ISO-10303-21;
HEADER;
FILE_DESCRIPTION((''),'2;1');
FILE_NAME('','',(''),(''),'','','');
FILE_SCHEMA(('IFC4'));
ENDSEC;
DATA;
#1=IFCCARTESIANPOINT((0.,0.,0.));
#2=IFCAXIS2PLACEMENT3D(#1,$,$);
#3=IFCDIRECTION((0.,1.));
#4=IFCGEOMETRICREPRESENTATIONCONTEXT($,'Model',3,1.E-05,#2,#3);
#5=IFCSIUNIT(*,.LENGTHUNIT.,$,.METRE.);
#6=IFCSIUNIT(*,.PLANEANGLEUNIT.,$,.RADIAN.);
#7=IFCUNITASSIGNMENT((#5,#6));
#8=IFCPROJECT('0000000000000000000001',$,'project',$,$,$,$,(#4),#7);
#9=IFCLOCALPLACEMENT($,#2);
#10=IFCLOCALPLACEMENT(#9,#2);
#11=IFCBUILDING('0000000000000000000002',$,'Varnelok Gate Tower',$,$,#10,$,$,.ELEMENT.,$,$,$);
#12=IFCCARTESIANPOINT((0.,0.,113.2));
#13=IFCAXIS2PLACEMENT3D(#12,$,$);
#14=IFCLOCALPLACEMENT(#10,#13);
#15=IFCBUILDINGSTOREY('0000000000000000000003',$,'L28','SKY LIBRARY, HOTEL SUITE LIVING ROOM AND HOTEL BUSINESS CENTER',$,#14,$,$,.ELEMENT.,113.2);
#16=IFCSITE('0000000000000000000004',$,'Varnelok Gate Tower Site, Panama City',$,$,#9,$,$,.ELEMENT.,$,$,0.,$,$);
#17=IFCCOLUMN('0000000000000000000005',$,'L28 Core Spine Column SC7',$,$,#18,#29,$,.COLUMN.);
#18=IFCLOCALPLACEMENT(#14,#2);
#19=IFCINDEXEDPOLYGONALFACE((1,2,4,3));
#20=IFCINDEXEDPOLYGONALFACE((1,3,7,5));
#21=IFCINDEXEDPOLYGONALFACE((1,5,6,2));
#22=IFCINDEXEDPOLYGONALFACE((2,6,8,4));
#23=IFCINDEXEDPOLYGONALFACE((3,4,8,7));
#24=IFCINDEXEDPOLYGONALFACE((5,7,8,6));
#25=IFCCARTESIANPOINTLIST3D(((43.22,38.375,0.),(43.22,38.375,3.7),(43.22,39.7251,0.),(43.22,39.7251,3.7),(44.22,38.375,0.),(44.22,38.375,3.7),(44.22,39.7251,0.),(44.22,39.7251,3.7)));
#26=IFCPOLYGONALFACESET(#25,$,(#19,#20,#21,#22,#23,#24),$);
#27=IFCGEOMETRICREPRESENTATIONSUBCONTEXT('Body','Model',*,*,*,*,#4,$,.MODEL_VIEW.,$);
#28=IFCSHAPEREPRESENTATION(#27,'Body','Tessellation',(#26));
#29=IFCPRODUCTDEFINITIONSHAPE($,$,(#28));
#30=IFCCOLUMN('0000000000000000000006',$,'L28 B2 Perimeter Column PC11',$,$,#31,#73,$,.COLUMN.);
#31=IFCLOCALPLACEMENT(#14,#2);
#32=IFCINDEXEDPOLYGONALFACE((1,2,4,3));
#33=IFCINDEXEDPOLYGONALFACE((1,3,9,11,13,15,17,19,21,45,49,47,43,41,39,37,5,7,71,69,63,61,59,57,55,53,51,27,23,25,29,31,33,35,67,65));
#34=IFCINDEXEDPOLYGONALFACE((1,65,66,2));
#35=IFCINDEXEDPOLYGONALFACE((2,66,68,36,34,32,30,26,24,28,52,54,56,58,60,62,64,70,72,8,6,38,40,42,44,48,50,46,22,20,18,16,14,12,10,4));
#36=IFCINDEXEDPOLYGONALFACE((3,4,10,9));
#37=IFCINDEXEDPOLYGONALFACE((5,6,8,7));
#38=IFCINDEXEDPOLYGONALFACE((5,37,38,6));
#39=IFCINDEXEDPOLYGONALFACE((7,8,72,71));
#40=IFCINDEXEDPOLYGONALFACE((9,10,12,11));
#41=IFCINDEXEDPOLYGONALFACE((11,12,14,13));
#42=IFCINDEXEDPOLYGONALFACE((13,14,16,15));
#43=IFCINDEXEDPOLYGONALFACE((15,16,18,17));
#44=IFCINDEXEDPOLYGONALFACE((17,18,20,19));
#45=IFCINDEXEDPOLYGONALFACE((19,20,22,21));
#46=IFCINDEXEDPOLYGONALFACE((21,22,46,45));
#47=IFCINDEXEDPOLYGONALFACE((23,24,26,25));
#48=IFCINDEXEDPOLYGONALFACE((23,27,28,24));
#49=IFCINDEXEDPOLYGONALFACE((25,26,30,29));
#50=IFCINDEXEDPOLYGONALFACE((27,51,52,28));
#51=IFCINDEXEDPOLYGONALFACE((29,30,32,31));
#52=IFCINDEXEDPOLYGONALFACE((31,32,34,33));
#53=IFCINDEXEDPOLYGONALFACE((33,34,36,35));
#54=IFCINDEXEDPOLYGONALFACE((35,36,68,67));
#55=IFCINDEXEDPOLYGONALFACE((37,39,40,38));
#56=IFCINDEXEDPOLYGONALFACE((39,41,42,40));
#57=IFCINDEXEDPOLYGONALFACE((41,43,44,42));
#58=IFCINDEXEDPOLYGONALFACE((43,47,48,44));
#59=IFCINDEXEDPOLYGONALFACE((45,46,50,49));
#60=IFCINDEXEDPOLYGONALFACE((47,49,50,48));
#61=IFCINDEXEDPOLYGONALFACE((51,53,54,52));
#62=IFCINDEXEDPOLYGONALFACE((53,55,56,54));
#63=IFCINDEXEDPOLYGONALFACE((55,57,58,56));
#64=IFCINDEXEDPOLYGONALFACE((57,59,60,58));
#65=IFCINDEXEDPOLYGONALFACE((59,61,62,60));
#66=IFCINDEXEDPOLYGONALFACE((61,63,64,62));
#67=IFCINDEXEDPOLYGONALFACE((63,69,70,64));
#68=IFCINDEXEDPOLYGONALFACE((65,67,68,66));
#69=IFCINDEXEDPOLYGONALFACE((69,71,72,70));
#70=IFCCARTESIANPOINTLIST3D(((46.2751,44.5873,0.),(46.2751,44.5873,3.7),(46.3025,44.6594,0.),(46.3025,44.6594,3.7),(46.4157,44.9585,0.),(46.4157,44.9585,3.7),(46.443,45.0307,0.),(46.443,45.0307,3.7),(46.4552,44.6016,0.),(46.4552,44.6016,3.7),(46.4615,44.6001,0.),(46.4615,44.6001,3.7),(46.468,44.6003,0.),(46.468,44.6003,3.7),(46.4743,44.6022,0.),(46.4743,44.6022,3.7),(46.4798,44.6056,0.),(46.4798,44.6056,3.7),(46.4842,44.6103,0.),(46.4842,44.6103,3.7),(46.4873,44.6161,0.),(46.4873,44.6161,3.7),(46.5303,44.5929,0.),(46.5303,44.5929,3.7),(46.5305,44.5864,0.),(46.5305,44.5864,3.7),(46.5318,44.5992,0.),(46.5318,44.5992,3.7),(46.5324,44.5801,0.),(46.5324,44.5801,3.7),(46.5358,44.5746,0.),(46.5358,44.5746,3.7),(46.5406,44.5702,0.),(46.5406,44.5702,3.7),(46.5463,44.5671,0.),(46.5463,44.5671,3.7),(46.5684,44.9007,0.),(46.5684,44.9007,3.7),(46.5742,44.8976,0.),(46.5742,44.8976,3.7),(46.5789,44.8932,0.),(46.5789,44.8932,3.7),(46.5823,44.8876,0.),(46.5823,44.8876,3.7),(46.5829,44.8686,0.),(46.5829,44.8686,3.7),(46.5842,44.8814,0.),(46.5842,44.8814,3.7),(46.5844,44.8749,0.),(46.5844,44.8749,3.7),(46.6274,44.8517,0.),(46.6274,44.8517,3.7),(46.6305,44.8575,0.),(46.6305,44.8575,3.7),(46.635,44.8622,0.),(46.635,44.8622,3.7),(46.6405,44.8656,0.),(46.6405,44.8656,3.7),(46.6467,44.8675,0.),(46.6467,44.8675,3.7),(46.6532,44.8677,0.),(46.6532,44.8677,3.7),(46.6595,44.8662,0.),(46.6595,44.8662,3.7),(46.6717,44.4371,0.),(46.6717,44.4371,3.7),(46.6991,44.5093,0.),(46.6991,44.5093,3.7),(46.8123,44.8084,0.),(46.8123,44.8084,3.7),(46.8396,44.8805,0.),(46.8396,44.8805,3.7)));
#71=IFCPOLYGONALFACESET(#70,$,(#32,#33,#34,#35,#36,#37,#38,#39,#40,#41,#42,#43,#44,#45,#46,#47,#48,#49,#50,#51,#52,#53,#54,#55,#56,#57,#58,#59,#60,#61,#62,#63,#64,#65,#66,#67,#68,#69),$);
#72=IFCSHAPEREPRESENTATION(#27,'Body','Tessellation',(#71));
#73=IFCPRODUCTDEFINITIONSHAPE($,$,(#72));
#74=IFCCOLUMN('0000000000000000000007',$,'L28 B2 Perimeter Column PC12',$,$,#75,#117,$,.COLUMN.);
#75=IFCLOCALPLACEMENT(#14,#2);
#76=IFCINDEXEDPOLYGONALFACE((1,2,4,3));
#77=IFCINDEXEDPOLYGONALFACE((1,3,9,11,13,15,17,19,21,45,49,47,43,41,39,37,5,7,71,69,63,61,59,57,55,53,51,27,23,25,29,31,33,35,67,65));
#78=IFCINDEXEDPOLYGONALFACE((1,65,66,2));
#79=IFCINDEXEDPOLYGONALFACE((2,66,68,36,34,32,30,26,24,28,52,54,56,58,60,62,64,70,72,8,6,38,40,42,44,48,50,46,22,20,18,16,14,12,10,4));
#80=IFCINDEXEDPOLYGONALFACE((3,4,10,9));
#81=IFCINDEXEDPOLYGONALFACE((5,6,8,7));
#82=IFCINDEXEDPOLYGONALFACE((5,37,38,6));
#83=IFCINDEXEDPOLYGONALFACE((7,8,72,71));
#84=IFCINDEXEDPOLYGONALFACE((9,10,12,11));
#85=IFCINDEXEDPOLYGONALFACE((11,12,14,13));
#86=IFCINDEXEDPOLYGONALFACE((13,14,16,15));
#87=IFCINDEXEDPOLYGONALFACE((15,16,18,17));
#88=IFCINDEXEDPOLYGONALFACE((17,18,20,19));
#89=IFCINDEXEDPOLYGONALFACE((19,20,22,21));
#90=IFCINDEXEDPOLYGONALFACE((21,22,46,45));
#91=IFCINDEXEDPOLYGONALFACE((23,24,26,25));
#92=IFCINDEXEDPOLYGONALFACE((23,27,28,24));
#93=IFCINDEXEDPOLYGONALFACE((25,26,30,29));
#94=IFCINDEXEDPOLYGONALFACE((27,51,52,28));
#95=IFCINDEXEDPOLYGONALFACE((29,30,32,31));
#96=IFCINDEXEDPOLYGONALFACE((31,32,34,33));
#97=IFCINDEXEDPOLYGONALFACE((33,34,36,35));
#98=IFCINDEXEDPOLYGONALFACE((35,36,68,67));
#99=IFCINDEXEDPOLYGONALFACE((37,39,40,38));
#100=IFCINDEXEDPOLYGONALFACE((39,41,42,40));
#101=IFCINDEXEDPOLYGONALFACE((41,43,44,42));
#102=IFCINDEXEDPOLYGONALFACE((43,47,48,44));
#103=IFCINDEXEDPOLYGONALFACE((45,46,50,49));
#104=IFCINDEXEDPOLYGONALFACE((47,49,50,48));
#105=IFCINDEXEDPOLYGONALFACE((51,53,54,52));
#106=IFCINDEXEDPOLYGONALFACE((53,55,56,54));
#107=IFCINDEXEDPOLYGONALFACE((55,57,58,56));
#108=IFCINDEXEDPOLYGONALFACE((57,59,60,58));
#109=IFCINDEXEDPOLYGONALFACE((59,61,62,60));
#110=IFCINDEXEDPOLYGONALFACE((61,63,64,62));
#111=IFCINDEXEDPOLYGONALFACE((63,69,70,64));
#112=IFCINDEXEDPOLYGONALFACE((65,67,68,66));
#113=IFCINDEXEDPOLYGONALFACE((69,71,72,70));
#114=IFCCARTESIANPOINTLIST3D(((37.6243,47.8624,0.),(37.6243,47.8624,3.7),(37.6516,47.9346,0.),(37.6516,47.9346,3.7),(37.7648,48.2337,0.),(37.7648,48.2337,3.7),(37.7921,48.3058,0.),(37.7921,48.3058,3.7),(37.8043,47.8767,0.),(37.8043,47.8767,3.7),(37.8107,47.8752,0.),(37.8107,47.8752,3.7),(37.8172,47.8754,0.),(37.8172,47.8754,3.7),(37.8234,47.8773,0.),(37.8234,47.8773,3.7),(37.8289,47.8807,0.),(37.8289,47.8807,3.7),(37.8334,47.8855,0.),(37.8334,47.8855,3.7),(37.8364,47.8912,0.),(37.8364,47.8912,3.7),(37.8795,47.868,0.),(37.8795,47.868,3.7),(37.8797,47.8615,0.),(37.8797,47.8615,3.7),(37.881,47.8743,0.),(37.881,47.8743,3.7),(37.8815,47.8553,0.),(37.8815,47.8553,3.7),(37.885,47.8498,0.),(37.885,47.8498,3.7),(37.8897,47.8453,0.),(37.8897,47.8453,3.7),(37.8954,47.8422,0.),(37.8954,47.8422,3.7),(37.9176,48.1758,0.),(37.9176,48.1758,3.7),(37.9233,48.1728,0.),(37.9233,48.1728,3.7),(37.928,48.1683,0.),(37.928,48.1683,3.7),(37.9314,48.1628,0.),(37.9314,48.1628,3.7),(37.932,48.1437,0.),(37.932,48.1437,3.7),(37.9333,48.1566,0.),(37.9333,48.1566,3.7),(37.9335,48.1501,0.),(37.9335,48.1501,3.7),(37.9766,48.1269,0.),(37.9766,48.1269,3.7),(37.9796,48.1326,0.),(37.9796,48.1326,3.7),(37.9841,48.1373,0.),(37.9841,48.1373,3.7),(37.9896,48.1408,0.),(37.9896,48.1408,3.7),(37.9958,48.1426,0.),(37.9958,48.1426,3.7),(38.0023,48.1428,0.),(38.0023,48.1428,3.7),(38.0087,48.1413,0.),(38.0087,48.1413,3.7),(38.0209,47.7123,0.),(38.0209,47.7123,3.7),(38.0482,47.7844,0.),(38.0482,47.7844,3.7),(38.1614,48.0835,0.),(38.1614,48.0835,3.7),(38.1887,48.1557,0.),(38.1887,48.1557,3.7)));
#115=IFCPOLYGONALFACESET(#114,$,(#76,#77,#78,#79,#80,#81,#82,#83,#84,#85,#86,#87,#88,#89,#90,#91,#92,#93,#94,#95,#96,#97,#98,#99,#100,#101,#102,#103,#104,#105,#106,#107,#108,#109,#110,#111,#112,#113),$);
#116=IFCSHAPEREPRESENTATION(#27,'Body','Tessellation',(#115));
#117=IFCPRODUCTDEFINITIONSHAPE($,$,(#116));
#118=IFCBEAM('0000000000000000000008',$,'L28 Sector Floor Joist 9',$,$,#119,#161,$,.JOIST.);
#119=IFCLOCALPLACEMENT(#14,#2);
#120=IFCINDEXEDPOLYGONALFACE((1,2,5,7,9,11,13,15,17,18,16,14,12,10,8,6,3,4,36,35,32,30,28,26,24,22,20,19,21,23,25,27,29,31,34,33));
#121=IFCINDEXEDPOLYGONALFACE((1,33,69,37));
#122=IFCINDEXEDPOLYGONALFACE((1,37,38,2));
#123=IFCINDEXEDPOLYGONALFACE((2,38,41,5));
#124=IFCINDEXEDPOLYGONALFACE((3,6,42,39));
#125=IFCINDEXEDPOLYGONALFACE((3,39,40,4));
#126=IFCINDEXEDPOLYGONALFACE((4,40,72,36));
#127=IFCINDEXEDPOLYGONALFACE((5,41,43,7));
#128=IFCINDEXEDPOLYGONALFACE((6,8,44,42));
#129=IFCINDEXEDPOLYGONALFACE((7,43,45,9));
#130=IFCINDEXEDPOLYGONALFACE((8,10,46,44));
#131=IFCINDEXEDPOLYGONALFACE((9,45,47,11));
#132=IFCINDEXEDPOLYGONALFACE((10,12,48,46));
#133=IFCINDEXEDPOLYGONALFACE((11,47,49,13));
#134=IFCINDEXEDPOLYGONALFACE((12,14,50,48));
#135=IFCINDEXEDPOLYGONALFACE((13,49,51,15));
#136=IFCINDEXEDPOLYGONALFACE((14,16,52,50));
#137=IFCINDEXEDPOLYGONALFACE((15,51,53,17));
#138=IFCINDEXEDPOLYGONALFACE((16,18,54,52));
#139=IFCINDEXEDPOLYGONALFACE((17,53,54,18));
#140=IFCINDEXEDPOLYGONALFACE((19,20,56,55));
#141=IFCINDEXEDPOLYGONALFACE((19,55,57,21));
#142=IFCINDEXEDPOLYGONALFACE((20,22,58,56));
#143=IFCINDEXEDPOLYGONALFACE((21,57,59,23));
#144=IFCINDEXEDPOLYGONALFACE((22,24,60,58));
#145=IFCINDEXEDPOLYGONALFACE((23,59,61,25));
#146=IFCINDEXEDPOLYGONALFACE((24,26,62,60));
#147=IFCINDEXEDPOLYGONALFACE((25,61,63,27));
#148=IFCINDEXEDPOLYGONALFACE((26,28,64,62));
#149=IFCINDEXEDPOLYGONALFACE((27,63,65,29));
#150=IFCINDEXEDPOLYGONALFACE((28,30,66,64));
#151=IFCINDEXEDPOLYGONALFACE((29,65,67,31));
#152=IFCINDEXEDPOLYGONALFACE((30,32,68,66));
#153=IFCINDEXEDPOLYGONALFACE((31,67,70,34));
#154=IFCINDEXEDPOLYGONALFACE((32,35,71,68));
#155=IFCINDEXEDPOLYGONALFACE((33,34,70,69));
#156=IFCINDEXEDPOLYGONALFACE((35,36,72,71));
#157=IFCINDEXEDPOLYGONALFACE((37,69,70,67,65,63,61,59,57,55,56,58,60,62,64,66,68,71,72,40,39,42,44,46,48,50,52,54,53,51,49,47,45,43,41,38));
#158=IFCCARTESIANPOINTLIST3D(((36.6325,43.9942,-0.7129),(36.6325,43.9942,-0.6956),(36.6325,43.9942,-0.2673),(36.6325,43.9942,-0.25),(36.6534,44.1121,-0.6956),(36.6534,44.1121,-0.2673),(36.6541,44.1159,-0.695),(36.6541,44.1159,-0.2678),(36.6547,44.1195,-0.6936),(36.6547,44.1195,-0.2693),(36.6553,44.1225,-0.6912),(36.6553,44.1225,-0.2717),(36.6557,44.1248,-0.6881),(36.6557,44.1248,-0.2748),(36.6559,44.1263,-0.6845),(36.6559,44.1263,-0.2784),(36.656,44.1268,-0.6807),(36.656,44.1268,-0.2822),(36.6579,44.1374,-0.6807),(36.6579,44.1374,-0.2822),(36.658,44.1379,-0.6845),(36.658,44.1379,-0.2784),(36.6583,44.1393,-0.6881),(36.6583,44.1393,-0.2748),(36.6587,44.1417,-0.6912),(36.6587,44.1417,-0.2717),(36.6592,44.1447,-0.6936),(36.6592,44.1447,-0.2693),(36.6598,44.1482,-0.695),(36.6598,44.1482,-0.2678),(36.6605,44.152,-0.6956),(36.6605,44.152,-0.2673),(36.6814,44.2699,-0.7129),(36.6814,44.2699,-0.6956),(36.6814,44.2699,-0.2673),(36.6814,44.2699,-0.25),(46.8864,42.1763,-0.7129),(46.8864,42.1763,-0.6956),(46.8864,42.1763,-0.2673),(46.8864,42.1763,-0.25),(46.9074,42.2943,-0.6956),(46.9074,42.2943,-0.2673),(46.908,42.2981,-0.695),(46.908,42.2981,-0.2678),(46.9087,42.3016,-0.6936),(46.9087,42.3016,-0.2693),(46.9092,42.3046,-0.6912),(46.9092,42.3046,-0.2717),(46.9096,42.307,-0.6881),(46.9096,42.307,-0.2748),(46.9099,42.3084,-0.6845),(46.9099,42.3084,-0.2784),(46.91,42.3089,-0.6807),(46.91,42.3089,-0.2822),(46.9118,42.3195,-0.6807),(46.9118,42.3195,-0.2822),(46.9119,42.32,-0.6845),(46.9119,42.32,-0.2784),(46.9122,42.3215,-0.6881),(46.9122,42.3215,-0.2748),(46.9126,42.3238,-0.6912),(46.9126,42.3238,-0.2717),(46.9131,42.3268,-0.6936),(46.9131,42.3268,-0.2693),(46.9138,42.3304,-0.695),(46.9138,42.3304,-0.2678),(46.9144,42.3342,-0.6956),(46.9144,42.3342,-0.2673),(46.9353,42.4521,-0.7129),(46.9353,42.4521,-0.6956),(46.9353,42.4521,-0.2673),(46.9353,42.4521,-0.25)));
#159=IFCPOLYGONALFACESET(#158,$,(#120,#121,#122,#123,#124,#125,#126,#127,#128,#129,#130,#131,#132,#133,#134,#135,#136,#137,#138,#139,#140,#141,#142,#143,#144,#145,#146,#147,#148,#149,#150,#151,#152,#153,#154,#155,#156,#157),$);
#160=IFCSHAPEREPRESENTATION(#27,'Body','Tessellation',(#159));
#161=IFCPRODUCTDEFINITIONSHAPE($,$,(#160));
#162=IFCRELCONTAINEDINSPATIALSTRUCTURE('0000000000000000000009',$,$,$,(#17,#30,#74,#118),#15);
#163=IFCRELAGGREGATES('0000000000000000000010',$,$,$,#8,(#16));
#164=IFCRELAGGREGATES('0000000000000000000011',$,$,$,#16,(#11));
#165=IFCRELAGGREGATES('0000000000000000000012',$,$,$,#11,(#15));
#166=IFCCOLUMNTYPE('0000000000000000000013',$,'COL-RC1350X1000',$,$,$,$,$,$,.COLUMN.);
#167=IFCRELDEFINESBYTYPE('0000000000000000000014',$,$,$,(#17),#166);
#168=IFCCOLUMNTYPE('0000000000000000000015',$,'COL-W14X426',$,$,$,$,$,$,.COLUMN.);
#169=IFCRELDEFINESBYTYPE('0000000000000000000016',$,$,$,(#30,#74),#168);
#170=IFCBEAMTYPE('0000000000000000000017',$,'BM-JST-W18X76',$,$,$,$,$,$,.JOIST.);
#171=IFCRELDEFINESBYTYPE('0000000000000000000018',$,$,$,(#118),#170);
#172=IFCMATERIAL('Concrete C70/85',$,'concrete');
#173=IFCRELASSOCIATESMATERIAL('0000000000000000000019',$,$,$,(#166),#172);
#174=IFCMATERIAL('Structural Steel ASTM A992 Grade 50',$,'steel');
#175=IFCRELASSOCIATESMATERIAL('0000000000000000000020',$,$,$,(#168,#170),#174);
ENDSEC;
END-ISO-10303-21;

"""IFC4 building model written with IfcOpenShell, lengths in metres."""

from ifc_helpers import new_model, si_unit, direction, frame, origin, origin_2d, place, context, subcontext, project, spatial, rectangle, i_section, extrude, material, material_profile, profile_set, type_object, element, save


model = new_model("IFC4")

# Units and contexts
model_context = context("Model", 3, precision=1e-05, world=origin(), true_north=direction((0.0, 1.0)))
body_context = subcontext(model_context, "Body", "Model", "MODEL_VIEW")
ifc_project = project(units=[si_unit("LENGTHUNIT", "METRE"), si_unit("PLANEANGLEUNIT", "RADIAN")], contexts=[model_context])

# Site, building, storey
site_placement = place(None, origin())
site = spatial("IfcSite", under=ifc_project, at=site_placement, Name="Varnelok Gate Tower Site, Panama City", CompositionType="ELEMENT", RefElevation=0.0)
building_placement = place(site_placement, origin())
building = spatial("IfcBuilding", under=site, at=building_placement, Name="Varnelok Gate Tower", CompositionType="ELEMENT")
storey_placement = place(building_placement, frame((0.0, 0.0, 113.2)))
storey = spatial("IfcBuildingStorey", under=building, at=storey_placement, Name="L28", Description="SKY LIBRARY, HOTEL SUITE LIVING ROOM AND HOTEL BUSINESS CENTER", CompositionType="ELEMENT", Elevation=113.2)

# Columns
ifc_material_1 = material(Name="Concrete C70/85", Category="concrete")
ifc_material_profile_1 = material_profile(ifc_material_1, rectangle(XDim=1.0, YDim=1.3501, at=origin_2d()), Name="RC1350X1000")
ifc_profile_set_1 = profile_set([ifc_material_profile_1], Name="Concrete C70/85")
column_type_1 = type_object("IfcColumnType", Name="COL-RC1350X1000", PredefinedType="COLUMN", material=ifc_profile_set_1)
column_placement = place(storey_placement, frame((43.72, 39.05, 0.0), z_axis=(0.0, 0.0, 1.0), x_axis=(1.0, 0.0, 0.0)))
element("IfcColumn", 1, at=column_placement, inside=storey, type_object=column_type_1, Name="L28 Core Spine Column SC7", PredefinedType="COLUMN", context=body_context, shape_type="SweptSolid", body=[
    extrude(rectangle(XDim=1.0, YDim=1.3501, at=origin_2d()), origin(), (0.0, 0.0, 1.0), 3.7),
])
ifc_material_2 = material(Name="Structural Steel ASTM A992 Grade 50", Category="steel")
ifc_material_profile_2 = material_profile(ifc_material_2, i_section(OverallWidth=0.4241, OverallDepth=0.4741, WebThickness=0.0476, FlangeThickness=0.0771, FilletRadius=0.0249, at=origin_2d()), Name="W14X426")
ifc_profile_set_2 = profile_set([ifc_material_profile_2], Name="Structural Steel ASTM A992 Grade 50")
column_type_2 = type_object("IfcColumnType", Name="COL-W14X426", PredefinedType="COLUMN", material=ifc_profile_set_2)
for number, where, z_axis, x_axis, name in (
    (2, (46.5574, 44.7339, 0.0), (0.0, 0.0, 1.0), (0.935222, -0.354063, 0.0), "L28 B2 Perimeter Column PC11"),
    (3, (37.9065, 48.009, 0.0), (0.0, 0.0, 1.0), (0.935222, -0.354063, 0.0), "L28 B2 Perimeter Column PC12"),
):
    element("IfcColumn", number, at=place(storey_placement, frame(where, z_axis=z_axis, x_axis=x_axis)), inside=storey, type_object=column_type_2, Name=name, PredefinedType="COLUMN", context=body_context, shape_type="SweptSolid", body=[
        extrude(i_section(OverallWidth=0.4241, OverallDepth=0.4741, WebThickness=0.0476, FlangeThickness=0.0771, FilletRadius=0.0249, at=origin_2d()), origin(), (0.0, 0.0, 1.0), 3.7),
    ])

# Beam
ifc_material_profile_3 = material_profile(ifc_material_2, i_section(OverallWidth=0.28, OverallDepth=0.4629, WebThickness=0.0107, FlangeThickness=0.0173, FilletRadius=0.0149, at=origin_2d()), Name="W18X76")
ifc_profile_set_3 = profile_set([ifc_material_profile_3], Name="Structural Steel ASTM A992 Grade 50")
beam_type_1 = type_object("IfcBeamType", Name="BM-JST-W18X76", PredefinedType="JOIST", material=ifc_profile_set_3)
beam_1_placement = place(storey_placement, frame((46.9109, 42.3142, -0.4814), z_axis=(-0.984646, 0.174564, 0.0), x_axis=(-0.174564, -0.984646, 0.0)))
element("IfcBeam", 4, at=beam_1_placement, inside=storey, type_object=beam_type_1, Name="L28 Sector Floor Joist 9", PredefinedType="JOIST", context=body_context, shape_type="SweptSolid", body=[
    extrude(i_section(OverallWidth=0.28, OverallDepth=0.4629, WebThickness=0.0107, FlangeThickness=0.0173, FilletRadius=0.0149, at=origin_2d()), origin(), (0.0, 0.0, 1.0), 10.4138),
])

save(model, "model.ifc")
